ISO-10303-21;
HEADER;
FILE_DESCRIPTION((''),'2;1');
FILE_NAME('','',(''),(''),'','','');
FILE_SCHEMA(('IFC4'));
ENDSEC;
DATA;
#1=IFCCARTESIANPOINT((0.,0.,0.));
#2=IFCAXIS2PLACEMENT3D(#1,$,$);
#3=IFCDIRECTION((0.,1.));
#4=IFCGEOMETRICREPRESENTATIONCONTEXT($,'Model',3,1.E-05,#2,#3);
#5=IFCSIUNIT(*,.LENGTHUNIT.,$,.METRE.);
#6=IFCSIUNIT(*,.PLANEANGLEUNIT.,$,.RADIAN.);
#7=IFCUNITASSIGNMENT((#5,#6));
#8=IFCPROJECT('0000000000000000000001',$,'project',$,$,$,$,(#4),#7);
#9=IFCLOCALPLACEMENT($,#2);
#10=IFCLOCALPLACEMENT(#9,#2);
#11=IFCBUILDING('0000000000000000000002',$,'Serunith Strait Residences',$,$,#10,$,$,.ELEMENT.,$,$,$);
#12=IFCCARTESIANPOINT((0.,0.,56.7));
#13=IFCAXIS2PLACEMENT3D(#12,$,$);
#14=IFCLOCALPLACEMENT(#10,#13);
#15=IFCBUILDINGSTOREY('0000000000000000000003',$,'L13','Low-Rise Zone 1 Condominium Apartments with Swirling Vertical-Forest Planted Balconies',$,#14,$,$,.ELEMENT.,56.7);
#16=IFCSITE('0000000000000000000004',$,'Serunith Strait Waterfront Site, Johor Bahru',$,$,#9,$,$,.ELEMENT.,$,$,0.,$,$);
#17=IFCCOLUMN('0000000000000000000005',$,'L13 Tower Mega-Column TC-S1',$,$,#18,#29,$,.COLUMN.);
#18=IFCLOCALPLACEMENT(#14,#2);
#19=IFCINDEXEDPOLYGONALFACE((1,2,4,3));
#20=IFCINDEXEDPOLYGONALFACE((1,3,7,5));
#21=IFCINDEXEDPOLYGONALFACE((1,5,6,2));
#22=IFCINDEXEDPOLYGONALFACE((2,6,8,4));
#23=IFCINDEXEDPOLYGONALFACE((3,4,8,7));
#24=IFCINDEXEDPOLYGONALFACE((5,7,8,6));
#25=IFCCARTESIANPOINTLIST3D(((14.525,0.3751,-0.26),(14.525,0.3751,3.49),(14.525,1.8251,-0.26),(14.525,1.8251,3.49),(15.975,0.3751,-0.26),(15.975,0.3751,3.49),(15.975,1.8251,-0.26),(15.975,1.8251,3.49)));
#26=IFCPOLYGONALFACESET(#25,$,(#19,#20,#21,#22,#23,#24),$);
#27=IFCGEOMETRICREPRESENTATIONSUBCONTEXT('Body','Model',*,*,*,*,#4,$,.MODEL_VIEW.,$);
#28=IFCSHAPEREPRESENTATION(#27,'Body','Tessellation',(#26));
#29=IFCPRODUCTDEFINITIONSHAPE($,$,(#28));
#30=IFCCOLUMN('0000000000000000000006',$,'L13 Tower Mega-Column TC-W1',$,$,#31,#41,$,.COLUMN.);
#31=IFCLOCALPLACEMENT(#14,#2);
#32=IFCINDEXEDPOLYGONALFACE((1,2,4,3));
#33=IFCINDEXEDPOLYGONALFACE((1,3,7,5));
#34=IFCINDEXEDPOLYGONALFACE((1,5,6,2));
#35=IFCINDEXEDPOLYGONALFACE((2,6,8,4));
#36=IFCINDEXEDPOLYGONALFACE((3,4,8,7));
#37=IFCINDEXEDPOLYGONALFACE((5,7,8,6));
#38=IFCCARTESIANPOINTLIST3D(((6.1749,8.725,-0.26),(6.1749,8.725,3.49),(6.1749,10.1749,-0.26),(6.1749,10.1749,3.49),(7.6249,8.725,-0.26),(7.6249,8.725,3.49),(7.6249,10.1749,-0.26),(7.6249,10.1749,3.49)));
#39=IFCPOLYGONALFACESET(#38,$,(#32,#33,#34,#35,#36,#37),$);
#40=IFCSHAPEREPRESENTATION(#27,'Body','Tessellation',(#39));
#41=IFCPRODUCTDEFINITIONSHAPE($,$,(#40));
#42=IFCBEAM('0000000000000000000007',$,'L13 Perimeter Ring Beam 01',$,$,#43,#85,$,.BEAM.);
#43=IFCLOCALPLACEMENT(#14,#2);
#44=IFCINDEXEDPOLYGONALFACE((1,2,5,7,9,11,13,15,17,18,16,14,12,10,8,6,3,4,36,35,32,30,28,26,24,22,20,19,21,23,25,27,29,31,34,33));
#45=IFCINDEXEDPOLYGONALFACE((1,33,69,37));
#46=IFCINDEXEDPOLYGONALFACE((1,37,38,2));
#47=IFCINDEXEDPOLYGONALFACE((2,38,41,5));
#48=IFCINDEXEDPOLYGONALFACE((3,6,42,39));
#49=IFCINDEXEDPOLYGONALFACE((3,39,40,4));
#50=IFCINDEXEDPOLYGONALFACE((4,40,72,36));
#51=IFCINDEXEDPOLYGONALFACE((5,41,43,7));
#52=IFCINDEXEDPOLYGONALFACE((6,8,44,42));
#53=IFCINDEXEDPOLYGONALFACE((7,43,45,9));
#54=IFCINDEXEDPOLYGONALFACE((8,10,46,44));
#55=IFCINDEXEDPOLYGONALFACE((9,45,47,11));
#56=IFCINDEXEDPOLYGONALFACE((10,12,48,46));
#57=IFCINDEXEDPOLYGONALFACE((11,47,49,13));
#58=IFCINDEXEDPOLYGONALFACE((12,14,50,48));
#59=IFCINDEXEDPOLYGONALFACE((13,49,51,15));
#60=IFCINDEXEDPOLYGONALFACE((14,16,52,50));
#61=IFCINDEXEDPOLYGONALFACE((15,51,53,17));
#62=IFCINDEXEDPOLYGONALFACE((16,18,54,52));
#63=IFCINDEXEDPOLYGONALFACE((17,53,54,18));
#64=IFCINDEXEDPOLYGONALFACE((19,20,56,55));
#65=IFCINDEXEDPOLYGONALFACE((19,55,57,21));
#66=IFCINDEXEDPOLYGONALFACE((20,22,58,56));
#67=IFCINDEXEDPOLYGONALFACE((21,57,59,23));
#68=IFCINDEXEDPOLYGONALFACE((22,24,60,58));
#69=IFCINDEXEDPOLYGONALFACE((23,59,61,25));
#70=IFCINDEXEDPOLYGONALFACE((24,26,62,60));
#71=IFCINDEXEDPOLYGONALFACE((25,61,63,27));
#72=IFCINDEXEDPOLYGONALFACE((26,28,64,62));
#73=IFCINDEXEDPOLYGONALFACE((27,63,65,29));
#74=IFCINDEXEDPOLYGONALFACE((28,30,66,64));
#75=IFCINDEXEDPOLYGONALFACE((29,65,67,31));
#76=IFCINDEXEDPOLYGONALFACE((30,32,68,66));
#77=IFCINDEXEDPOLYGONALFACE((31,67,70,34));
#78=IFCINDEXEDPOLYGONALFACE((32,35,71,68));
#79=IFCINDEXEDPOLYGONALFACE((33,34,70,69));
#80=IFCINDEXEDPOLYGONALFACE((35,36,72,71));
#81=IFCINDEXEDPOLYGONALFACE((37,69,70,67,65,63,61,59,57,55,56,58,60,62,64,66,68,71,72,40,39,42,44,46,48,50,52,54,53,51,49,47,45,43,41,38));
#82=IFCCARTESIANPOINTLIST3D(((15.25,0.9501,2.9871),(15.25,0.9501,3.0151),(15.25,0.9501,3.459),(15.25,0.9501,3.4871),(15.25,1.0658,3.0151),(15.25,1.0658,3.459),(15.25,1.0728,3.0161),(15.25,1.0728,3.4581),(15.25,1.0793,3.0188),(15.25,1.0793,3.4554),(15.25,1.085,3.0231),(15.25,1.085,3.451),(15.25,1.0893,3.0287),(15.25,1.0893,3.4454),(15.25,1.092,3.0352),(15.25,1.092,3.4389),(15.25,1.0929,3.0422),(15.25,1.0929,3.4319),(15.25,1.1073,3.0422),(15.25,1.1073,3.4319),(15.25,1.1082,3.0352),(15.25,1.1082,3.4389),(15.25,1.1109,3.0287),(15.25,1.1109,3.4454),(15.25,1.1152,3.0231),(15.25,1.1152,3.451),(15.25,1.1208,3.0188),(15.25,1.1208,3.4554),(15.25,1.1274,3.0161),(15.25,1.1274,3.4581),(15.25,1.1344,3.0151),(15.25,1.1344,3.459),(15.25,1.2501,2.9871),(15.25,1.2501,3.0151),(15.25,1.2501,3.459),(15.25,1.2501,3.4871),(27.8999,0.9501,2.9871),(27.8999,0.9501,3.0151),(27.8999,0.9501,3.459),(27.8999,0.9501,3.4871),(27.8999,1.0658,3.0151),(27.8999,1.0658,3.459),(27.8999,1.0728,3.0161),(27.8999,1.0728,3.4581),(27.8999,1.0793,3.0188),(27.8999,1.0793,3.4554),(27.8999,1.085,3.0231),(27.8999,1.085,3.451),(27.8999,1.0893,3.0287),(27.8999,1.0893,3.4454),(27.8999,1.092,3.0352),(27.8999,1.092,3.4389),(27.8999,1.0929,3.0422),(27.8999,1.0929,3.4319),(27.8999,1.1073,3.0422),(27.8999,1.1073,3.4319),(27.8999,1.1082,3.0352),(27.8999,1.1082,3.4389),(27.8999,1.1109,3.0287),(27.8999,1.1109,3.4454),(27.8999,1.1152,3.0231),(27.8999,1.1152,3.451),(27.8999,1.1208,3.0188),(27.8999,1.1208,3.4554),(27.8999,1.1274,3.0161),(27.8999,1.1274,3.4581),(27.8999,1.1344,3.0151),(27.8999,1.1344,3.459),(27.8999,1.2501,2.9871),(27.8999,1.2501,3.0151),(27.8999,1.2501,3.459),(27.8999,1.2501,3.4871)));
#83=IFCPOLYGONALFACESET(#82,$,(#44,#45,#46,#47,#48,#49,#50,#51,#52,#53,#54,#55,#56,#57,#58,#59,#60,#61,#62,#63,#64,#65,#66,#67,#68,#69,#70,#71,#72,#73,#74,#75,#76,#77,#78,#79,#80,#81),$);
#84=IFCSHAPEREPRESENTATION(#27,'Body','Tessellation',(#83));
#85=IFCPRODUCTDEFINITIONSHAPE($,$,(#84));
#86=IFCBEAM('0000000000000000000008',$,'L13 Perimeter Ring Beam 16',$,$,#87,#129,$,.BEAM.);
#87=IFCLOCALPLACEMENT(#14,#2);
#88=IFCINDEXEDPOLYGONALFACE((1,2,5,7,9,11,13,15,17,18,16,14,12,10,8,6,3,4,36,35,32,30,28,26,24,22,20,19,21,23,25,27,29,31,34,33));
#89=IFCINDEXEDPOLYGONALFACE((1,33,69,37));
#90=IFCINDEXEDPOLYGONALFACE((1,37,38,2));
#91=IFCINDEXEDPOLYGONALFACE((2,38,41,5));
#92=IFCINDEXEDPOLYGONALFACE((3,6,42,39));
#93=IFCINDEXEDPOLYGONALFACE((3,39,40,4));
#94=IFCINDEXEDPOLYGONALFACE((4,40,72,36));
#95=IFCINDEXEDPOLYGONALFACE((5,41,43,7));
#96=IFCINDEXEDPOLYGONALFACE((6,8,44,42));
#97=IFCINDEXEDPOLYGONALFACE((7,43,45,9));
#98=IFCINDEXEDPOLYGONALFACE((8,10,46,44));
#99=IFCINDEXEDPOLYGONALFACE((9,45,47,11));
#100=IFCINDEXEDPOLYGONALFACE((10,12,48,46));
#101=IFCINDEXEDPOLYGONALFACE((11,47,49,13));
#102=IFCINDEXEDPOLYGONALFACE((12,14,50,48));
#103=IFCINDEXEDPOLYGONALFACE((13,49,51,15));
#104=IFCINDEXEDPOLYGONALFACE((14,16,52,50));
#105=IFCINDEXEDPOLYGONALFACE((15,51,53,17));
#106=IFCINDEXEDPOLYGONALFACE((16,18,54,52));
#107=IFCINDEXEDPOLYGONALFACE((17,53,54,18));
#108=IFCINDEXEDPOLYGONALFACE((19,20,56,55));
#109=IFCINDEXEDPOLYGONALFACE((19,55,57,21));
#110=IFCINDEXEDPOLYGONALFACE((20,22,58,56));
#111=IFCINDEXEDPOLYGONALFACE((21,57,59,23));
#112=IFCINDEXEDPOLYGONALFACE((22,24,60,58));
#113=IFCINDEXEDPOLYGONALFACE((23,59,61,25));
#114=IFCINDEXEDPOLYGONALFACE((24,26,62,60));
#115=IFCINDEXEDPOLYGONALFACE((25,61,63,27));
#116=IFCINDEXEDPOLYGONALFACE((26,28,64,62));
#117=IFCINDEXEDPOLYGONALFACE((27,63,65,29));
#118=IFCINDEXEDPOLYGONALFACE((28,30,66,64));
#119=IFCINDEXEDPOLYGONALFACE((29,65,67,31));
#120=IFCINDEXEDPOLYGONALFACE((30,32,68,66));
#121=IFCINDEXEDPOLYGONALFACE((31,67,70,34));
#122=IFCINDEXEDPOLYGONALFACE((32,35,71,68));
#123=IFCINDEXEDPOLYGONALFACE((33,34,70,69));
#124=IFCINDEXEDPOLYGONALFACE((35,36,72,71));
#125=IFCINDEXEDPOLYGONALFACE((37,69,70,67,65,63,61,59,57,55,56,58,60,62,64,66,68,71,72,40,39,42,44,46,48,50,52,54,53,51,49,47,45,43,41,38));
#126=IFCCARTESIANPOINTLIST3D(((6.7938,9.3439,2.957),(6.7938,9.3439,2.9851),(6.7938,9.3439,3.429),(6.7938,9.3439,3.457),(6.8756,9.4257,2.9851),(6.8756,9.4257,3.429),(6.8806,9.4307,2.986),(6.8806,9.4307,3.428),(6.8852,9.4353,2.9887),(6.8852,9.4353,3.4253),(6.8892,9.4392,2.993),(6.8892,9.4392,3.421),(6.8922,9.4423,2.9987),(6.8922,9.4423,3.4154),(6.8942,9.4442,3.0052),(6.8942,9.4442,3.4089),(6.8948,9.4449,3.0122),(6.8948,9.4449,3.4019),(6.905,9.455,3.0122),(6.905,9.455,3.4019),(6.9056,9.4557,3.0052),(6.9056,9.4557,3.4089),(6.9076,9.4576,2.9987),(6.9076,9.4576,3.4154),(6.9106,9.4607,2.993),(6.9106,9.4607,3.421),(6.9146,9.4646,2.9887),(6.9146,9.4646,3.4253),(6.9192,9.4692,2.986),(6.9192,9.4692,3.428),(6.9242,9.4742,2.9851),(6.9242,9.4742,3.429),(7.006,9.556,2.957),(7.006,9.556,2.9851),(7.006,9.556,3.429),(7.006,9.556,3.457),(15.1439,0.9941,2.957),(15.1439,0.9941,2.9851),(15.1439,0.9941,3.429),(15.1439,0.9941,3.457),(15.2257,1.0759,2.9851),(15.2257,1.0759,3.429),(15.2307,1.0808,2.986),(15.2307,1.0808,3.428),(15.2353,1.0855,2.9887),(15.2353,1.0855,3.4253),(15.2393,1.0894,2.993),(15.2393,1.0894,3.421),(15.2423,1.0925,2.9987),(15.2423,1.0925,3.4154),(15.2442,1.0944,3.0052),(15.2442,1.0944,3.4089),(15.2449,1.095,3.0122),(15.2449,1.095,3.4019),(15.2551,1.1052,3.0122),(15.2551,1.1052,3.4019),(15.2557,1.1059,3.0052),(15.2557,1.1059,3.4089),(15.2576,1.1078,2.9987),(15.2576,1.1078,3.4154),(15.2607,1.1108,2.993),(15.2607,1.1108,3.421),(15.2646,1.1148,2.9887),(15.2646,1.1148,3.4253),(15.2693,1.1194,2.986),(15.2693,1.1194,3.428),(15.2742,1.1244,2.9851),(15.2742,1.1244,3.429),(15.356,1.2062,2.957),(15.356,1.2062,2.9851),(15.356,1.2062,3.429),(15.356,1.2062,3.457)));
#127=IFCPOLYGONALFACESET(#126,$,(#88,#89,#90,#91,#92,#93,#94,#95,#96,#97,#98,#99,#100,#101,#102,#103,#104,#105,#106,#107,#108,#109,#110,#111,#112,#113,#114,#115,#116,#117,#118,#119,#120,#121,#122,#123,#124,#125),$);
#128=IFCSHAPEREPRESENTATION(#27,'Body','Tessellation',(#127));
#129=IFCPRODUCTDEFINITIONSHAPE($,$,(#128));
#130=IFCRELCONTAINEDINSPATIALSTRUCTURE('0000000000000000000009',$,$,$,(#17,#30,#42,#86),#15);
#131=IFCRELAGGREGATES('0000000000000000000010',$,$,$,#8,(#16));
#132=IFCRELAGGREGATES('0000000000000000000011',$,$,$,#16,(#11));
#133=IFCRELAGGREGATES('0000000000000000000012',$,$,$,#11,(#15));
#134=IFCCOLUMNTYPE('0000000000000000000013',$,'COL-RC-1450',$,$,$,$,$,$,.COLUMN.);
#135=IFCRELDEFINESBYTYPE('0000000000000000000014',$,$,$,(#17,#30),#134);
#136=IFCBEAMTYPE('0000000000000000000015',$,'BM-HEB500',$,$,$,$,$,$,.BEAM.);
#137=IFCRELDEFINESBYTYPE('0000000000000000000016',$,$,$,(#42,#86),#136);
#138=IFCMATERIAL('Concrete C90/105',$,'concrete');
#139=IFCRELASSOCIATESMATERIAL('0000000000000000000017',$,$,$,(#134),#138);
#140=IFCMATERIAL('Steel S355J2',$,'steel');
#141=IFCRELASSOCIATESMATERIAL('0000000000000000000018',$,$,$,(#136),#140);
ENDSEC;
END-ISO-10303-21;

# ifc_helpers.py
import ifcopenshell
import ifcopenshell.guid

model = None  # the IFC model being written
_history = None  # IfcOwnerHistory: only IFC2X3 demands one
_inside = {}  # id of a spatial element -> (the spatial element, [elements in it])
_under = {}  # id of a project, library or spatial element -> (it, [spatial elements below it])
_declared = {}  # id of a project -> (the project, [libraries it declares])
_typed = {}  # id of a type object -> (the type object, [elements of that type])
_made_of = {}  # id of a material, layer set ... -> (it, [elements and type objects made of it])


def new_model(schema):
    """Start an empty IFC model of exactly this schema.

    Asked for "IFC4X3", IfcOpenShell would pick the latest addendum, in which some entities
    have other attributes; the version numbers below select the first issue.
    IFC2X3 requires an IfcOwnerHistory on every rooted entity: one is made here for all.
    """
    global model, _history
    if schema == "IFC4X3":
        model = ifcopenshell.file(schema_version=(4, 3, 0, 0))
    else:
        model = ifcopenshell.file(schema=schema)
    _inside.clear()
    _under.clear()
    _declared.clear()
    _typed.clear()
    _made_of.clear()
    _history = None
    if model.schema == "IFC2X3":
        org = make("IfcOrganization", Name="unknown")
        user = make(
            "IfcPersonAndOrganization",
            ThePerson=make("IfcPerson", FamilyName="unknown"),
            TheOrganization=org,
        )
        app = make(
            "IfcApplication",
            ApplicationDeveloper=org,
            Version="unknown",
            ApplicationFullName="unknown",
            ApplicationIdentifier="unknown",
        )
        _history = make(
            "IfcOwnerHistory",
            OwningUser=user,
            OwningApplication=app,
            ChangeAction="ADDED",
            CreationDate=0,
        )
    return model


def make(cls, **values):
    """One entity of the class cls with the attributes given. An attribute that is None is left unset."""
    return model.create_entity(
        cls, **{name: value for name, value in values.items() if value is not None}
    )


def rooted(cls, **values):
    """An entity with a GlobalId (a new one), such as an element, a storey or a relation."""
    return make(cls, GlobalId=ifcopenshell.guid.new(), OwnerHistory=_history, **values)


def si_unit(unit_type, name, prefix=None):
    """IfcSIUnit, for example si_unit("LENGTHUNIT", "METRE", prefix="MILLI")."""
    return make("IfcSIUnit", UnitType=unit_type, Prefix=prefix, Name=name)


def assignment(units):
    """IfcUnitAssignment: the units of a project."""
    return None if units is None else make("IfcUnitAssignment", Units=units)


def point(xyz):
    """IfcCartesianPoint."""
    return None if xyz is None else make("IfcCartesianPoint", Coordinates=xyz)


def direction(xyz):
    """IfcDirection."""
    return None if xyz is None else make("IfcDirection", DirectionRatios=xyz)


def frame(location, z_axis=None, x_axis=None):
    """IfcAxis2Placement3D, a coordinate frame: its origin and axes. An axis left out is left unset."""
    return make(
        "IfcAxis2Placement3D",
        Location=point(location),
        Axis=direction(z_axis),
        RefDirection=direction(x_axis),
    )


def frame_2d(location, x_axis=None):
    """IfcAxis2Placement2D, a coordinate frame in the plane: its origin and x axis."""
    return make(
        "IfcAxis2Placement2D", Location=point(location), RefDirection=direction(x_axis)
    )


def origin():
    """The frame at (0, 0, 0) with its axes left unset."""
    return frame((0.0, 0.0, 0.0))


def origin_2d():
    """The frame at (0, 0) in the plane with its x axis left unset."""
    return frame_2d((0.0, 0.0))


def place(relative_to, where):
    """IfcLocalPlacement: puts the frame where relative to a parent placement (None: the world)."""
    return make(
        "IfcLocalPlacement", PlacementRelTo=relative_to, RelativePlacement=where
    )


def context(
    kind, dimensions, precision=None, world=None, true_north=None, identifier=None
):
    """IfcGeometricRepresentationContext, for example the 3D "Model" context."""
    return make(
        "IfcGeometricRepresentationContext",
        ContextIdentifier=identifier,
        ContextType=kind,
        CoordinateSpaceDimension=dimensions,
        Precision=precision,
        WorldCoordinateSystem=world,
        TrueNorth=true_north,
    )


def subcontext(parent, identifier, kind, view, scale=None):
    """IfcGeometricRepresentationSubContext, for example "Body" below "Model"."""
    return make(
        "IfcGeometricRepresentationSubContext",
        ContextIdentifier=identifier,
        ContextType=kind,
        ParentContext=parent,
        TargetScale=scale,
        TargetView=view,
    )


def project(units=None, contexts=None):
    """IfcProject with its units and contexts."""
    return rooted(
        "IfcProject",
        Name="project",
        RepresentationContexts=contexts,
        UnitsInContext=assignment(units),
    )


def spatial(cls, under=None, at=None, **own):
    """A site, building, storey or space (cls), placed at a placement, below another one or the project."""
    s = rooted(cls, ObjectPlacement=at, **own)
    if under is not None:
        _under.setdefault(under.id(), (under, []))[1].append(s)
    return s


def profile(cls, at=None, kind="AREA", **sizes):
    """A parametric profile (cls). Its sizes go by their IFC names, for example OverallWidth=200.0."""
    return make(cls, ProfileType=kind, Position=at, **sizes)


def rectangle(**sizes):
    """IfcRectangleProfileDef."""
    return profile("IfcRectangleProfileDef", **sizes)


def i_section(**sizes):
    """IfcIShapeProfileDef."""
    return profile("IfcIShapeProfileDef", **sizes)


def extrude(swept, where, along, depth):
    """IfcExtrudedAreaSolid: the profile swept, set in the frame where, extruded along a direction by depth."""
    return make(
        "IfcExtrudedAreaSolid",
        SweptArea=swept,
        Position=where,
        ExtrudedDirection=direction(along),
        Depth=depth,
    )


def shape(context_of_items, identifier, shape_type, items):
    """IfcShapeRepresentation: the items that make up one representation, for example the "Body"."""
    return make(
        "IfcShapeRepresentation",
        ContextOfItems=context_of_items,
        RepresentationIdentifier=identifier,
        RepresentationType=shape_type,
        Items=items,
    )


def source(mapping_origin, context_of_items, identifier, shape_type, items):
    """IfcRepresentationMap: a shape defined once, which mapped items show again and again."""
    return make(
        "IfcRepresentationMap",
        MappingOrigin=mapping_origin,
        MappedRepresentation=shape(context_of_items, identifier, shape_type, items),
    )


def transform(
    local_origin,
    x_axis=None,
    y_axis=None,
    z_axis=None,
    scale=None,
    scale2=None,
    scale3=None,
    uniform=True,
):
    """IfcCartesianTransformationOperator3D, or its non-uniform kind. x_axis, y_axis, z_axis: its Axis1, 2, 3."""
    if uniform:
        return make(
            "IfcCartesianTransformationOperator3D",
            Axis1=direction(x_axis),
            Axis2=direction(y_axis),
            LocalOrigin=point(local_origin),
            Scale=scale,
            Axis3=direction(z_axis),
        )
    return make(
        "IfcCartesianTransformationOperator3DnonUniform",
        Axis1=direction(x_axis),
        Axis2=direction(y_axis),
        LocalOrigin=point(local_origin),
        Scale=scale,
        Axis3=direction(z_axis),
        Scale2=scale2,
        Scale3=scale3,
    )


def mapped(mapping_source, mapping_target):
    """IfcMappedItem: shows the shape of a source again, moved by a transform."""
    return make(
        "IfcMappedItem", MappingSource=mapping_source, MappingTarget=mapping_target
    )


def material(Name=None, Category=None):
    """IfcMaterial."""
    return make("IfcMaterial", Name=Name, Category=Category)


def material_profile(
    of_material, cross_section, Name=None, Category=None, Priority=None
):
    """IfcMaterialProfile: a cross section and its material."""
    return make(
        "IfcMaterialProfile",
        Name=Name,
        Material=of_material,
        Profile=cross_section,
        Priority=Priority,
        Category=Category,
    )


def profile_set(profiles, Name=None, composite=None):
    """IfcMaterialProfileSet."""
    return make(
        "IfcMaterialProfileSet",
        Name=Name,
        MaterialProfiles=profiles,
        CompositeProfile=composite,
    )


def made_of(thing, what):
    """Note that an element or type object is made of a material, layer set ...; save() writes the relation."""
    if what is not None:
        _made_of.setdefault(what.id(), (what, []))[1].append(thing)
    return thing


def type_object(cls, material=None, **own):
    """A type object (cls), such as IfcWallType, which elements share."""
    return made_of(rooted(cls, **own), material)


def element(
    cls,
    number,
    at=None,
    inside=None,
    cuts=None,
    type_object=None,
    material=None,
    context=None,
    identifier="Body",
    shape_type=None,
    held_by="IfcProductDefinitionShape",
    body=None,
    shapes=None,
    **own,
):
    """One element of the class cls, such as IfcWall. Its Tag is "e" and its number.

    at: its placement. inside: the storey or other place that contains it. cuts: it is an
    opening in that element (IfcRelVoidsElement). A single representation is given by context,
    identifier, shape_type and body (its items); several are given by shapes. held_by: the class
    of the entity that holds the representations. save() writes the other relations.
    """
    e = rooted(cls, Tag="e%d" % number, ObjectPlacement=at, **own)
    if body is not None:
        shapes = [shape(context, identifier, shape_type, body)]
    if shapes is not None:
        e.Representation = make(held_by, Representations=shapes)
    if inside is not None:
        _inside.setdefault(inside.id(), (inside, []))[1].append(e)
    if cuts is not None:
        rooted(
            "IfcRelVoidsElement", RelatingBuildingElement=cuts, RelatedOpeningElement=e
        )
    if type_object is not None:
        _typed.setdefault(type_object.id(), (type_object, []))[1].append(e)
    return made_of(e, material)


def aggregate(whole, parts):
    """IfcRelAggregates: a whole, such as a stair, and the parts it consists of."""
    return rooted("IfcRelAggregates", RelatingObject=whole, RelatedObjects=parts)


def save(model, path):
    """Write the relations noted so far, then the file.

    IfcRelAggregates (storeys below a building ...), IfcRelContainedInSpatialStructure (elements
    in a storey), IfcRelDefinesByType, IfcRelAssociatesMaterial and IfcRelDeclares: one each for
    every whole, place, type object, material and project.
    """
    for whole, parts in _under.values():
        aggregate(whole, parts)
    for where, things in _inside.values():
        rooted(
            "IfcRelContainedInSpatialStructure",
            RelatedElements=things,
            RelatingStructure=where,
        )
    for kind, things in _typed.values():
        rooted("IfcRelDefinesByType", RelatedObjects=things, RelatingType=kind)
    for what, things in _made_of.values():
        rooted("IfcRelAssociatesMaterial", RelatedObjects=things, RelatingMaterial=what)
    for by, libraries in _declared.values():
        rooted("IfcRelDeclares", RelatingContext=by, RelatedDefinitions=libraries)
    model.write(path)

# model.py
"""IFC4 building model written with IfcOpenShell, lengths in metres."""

from ifc_helpers import new_model, si_unit, direction, frame, origin, origin_2d, place, context, subcontext, project, spatial, rectangle, i_section, extrude, source, transform, mapped, material, material_profile, profile_set, type_object, element, save


model = new_model("IFC4")

# Units and contexts
model_context = context("Model", 3, precision=1e-05, world=origin(), true_north=direction((0.0, 1.0)))
body_context = subcontext(model_context, "Body", "Model", "MODEL_VIEW")
ifc_project = project(units=[si_unit("LENGTHUNIT", "METRE"), si_unit("PLANEANGLEUNIT", "RADIAN")], contexts=[model_context])

# Site, building, storey
site_placement = place(None, origin())
site = spatial("IfcSite", under=ifc_project, at=site_placement, Name="Serunith Strait Waterfront Site, Johor Bahru", CompositionType="ELEMENT", RefElevation=0.0)
building_placement = place(site_placement, origin())
building = spatial("IfcBuilding", under=site, at=building_placement, Name="Serunith Strait Residences", CompositionType="ELEMENT")
storey_placement = place(building_placement, frame((0.0, 0.0, 56.7)))
storey = spatial("IfcBuildingStorey", under=building, at=storey_placement, Name="L13", Description="Low-Rise Zone 1 Condominium Apartments with Swirling Vertical-Forest Planted Balconies", CompositionType="ELEMENT", Elevation=56.7)

# Columns
ifc_material_1 = material(Name="Concrete C90/105", Category="concrete")
ifc_material_profile_1 = material_profile(ifc_material_1, rectangle(XDim=1.45, YDim=1.45, at=origin_2d()), Name="RC 1450x1450")
ifc_profile_set_1 = profile_set([ifc_material_profile_1], Name="Concrete C90/105")
column_type = type_object("IfcColumnType", Name="COL-RC-1450", PredefinedType="COLUMN", material=ifc_profile_set_1)
shared_shape_1 = source(origin(), body_context, "Body", "SweptSolid", [
    extrude(rectangle(XDim=1.45, YDim=1.45, at=origin_2d()), origin(), (0.0, 0.0, 1.0), 3.75),
])
for number, where, z_axis, x_axis, name in (
    (1, (15.25, 1.1001, -0.26), (0.0, 0.0, 1.0), (1.0, 0.0, 0.0), "L13 Tower Mega-Column TC-S1"),
    (2, (6.8999, 9.45, -0.26), (0.0, 0.0, 1.0), (1.0, 0.0, 0.0), "L13 Tower Mega-Column TC-W1"),
):
    element("IfcColumn", number, at=place(storey_placement, frame(where, z_axis=z_axis, x_axis=x_axis)), inside=storey, type_object=column_type, Name=name, PredefinedType="COLUMN", context=body_context, shape_type="MappedRepresentation", body=[
        mapped(shared_shape_1, transform((0.0, 0.0, 0.0), scale=1.0)),
    ])

# Beams
ifc_material_2 = material(Name="Steel S355J2", Category="steel")
ifc_material_profile_2 = material_profile(ifc_material_2, i_section(OverallWidth=0.3, OverallDepth=0.5, WebThickness=0.0144, FlangeThickness=0.0281, FilletRadius=0.0271, at=origin_2d()), Name="HEB 500")
ifc_profile_set_2 = profile_set([ifc_material_profile_2], Name="Steel S355J2")
beam_type = type_object("IfcBeamType", Name="BM-HEB500", PredefinedType="BEAM", material=ifc_profile_set_2)
shared_shape_2 = source(origin(), body_context, "Body", "SweptSolid", [
    extrude(i_section(OverallWidth=0.3, OverallDepth=0.5, WebThickness=0.0144, FlangeThickness=0.0281, FilletRadius=0.0271, at=origin_2d()), origin(), (0.0, 0.0, 1.0), 12.6499),
])
beam_1_placement = place(storey_placement, frame((15.25, 1.1001, 3.2371), z_axis=(1.0, 0.0, 0.0), x_axis=(0.0, 1.0, 0.0)))
element("IfcBeam", 3, at=beam_1_placement, inside=storey, type_object=beam_type, Name="L13 Perimeter Ring Beam 01", PredefinedType="BEAM", context=body_context, shape_type="MappedRepresentation", body=[
    mapped(shared_shape_2, transform((0.0, 0.0, 0.0), scale=1.0)),
])
shared_shape_3 = source(origin(), body_context, "Body", "SweptSolid", [
    extrude(i_section(OverallWidth=0.3, OverallDepth=0.5, WebThickness=0.0144, FlangeThickness=0.0281, FilletRadius=0.0271, at=origin_2d()), origin(), (0.0, 0.0, 1.0), 11.8086),
])
beam_2_placement = place(storey_placement, frame((6.8999, 9.45, 3.207), z_axis=(0.707117, -0.707096, 0.0), x_axis=(0.707096, 0.707117, 0.0)))
element("IfcBeam", 4, at=beam_2_placement, inside=storey, type_object=beam_type, Name="L13 Perimeter Ring Beam 16", PredefinedType="BEAM", context=body_context, shape_type="MappedRepresentation", body=[
    mapped(shared_shape_3, transform((0.0, 0.0, 0.0), scale=1.0)),
])

save(model, "model.ifc")
